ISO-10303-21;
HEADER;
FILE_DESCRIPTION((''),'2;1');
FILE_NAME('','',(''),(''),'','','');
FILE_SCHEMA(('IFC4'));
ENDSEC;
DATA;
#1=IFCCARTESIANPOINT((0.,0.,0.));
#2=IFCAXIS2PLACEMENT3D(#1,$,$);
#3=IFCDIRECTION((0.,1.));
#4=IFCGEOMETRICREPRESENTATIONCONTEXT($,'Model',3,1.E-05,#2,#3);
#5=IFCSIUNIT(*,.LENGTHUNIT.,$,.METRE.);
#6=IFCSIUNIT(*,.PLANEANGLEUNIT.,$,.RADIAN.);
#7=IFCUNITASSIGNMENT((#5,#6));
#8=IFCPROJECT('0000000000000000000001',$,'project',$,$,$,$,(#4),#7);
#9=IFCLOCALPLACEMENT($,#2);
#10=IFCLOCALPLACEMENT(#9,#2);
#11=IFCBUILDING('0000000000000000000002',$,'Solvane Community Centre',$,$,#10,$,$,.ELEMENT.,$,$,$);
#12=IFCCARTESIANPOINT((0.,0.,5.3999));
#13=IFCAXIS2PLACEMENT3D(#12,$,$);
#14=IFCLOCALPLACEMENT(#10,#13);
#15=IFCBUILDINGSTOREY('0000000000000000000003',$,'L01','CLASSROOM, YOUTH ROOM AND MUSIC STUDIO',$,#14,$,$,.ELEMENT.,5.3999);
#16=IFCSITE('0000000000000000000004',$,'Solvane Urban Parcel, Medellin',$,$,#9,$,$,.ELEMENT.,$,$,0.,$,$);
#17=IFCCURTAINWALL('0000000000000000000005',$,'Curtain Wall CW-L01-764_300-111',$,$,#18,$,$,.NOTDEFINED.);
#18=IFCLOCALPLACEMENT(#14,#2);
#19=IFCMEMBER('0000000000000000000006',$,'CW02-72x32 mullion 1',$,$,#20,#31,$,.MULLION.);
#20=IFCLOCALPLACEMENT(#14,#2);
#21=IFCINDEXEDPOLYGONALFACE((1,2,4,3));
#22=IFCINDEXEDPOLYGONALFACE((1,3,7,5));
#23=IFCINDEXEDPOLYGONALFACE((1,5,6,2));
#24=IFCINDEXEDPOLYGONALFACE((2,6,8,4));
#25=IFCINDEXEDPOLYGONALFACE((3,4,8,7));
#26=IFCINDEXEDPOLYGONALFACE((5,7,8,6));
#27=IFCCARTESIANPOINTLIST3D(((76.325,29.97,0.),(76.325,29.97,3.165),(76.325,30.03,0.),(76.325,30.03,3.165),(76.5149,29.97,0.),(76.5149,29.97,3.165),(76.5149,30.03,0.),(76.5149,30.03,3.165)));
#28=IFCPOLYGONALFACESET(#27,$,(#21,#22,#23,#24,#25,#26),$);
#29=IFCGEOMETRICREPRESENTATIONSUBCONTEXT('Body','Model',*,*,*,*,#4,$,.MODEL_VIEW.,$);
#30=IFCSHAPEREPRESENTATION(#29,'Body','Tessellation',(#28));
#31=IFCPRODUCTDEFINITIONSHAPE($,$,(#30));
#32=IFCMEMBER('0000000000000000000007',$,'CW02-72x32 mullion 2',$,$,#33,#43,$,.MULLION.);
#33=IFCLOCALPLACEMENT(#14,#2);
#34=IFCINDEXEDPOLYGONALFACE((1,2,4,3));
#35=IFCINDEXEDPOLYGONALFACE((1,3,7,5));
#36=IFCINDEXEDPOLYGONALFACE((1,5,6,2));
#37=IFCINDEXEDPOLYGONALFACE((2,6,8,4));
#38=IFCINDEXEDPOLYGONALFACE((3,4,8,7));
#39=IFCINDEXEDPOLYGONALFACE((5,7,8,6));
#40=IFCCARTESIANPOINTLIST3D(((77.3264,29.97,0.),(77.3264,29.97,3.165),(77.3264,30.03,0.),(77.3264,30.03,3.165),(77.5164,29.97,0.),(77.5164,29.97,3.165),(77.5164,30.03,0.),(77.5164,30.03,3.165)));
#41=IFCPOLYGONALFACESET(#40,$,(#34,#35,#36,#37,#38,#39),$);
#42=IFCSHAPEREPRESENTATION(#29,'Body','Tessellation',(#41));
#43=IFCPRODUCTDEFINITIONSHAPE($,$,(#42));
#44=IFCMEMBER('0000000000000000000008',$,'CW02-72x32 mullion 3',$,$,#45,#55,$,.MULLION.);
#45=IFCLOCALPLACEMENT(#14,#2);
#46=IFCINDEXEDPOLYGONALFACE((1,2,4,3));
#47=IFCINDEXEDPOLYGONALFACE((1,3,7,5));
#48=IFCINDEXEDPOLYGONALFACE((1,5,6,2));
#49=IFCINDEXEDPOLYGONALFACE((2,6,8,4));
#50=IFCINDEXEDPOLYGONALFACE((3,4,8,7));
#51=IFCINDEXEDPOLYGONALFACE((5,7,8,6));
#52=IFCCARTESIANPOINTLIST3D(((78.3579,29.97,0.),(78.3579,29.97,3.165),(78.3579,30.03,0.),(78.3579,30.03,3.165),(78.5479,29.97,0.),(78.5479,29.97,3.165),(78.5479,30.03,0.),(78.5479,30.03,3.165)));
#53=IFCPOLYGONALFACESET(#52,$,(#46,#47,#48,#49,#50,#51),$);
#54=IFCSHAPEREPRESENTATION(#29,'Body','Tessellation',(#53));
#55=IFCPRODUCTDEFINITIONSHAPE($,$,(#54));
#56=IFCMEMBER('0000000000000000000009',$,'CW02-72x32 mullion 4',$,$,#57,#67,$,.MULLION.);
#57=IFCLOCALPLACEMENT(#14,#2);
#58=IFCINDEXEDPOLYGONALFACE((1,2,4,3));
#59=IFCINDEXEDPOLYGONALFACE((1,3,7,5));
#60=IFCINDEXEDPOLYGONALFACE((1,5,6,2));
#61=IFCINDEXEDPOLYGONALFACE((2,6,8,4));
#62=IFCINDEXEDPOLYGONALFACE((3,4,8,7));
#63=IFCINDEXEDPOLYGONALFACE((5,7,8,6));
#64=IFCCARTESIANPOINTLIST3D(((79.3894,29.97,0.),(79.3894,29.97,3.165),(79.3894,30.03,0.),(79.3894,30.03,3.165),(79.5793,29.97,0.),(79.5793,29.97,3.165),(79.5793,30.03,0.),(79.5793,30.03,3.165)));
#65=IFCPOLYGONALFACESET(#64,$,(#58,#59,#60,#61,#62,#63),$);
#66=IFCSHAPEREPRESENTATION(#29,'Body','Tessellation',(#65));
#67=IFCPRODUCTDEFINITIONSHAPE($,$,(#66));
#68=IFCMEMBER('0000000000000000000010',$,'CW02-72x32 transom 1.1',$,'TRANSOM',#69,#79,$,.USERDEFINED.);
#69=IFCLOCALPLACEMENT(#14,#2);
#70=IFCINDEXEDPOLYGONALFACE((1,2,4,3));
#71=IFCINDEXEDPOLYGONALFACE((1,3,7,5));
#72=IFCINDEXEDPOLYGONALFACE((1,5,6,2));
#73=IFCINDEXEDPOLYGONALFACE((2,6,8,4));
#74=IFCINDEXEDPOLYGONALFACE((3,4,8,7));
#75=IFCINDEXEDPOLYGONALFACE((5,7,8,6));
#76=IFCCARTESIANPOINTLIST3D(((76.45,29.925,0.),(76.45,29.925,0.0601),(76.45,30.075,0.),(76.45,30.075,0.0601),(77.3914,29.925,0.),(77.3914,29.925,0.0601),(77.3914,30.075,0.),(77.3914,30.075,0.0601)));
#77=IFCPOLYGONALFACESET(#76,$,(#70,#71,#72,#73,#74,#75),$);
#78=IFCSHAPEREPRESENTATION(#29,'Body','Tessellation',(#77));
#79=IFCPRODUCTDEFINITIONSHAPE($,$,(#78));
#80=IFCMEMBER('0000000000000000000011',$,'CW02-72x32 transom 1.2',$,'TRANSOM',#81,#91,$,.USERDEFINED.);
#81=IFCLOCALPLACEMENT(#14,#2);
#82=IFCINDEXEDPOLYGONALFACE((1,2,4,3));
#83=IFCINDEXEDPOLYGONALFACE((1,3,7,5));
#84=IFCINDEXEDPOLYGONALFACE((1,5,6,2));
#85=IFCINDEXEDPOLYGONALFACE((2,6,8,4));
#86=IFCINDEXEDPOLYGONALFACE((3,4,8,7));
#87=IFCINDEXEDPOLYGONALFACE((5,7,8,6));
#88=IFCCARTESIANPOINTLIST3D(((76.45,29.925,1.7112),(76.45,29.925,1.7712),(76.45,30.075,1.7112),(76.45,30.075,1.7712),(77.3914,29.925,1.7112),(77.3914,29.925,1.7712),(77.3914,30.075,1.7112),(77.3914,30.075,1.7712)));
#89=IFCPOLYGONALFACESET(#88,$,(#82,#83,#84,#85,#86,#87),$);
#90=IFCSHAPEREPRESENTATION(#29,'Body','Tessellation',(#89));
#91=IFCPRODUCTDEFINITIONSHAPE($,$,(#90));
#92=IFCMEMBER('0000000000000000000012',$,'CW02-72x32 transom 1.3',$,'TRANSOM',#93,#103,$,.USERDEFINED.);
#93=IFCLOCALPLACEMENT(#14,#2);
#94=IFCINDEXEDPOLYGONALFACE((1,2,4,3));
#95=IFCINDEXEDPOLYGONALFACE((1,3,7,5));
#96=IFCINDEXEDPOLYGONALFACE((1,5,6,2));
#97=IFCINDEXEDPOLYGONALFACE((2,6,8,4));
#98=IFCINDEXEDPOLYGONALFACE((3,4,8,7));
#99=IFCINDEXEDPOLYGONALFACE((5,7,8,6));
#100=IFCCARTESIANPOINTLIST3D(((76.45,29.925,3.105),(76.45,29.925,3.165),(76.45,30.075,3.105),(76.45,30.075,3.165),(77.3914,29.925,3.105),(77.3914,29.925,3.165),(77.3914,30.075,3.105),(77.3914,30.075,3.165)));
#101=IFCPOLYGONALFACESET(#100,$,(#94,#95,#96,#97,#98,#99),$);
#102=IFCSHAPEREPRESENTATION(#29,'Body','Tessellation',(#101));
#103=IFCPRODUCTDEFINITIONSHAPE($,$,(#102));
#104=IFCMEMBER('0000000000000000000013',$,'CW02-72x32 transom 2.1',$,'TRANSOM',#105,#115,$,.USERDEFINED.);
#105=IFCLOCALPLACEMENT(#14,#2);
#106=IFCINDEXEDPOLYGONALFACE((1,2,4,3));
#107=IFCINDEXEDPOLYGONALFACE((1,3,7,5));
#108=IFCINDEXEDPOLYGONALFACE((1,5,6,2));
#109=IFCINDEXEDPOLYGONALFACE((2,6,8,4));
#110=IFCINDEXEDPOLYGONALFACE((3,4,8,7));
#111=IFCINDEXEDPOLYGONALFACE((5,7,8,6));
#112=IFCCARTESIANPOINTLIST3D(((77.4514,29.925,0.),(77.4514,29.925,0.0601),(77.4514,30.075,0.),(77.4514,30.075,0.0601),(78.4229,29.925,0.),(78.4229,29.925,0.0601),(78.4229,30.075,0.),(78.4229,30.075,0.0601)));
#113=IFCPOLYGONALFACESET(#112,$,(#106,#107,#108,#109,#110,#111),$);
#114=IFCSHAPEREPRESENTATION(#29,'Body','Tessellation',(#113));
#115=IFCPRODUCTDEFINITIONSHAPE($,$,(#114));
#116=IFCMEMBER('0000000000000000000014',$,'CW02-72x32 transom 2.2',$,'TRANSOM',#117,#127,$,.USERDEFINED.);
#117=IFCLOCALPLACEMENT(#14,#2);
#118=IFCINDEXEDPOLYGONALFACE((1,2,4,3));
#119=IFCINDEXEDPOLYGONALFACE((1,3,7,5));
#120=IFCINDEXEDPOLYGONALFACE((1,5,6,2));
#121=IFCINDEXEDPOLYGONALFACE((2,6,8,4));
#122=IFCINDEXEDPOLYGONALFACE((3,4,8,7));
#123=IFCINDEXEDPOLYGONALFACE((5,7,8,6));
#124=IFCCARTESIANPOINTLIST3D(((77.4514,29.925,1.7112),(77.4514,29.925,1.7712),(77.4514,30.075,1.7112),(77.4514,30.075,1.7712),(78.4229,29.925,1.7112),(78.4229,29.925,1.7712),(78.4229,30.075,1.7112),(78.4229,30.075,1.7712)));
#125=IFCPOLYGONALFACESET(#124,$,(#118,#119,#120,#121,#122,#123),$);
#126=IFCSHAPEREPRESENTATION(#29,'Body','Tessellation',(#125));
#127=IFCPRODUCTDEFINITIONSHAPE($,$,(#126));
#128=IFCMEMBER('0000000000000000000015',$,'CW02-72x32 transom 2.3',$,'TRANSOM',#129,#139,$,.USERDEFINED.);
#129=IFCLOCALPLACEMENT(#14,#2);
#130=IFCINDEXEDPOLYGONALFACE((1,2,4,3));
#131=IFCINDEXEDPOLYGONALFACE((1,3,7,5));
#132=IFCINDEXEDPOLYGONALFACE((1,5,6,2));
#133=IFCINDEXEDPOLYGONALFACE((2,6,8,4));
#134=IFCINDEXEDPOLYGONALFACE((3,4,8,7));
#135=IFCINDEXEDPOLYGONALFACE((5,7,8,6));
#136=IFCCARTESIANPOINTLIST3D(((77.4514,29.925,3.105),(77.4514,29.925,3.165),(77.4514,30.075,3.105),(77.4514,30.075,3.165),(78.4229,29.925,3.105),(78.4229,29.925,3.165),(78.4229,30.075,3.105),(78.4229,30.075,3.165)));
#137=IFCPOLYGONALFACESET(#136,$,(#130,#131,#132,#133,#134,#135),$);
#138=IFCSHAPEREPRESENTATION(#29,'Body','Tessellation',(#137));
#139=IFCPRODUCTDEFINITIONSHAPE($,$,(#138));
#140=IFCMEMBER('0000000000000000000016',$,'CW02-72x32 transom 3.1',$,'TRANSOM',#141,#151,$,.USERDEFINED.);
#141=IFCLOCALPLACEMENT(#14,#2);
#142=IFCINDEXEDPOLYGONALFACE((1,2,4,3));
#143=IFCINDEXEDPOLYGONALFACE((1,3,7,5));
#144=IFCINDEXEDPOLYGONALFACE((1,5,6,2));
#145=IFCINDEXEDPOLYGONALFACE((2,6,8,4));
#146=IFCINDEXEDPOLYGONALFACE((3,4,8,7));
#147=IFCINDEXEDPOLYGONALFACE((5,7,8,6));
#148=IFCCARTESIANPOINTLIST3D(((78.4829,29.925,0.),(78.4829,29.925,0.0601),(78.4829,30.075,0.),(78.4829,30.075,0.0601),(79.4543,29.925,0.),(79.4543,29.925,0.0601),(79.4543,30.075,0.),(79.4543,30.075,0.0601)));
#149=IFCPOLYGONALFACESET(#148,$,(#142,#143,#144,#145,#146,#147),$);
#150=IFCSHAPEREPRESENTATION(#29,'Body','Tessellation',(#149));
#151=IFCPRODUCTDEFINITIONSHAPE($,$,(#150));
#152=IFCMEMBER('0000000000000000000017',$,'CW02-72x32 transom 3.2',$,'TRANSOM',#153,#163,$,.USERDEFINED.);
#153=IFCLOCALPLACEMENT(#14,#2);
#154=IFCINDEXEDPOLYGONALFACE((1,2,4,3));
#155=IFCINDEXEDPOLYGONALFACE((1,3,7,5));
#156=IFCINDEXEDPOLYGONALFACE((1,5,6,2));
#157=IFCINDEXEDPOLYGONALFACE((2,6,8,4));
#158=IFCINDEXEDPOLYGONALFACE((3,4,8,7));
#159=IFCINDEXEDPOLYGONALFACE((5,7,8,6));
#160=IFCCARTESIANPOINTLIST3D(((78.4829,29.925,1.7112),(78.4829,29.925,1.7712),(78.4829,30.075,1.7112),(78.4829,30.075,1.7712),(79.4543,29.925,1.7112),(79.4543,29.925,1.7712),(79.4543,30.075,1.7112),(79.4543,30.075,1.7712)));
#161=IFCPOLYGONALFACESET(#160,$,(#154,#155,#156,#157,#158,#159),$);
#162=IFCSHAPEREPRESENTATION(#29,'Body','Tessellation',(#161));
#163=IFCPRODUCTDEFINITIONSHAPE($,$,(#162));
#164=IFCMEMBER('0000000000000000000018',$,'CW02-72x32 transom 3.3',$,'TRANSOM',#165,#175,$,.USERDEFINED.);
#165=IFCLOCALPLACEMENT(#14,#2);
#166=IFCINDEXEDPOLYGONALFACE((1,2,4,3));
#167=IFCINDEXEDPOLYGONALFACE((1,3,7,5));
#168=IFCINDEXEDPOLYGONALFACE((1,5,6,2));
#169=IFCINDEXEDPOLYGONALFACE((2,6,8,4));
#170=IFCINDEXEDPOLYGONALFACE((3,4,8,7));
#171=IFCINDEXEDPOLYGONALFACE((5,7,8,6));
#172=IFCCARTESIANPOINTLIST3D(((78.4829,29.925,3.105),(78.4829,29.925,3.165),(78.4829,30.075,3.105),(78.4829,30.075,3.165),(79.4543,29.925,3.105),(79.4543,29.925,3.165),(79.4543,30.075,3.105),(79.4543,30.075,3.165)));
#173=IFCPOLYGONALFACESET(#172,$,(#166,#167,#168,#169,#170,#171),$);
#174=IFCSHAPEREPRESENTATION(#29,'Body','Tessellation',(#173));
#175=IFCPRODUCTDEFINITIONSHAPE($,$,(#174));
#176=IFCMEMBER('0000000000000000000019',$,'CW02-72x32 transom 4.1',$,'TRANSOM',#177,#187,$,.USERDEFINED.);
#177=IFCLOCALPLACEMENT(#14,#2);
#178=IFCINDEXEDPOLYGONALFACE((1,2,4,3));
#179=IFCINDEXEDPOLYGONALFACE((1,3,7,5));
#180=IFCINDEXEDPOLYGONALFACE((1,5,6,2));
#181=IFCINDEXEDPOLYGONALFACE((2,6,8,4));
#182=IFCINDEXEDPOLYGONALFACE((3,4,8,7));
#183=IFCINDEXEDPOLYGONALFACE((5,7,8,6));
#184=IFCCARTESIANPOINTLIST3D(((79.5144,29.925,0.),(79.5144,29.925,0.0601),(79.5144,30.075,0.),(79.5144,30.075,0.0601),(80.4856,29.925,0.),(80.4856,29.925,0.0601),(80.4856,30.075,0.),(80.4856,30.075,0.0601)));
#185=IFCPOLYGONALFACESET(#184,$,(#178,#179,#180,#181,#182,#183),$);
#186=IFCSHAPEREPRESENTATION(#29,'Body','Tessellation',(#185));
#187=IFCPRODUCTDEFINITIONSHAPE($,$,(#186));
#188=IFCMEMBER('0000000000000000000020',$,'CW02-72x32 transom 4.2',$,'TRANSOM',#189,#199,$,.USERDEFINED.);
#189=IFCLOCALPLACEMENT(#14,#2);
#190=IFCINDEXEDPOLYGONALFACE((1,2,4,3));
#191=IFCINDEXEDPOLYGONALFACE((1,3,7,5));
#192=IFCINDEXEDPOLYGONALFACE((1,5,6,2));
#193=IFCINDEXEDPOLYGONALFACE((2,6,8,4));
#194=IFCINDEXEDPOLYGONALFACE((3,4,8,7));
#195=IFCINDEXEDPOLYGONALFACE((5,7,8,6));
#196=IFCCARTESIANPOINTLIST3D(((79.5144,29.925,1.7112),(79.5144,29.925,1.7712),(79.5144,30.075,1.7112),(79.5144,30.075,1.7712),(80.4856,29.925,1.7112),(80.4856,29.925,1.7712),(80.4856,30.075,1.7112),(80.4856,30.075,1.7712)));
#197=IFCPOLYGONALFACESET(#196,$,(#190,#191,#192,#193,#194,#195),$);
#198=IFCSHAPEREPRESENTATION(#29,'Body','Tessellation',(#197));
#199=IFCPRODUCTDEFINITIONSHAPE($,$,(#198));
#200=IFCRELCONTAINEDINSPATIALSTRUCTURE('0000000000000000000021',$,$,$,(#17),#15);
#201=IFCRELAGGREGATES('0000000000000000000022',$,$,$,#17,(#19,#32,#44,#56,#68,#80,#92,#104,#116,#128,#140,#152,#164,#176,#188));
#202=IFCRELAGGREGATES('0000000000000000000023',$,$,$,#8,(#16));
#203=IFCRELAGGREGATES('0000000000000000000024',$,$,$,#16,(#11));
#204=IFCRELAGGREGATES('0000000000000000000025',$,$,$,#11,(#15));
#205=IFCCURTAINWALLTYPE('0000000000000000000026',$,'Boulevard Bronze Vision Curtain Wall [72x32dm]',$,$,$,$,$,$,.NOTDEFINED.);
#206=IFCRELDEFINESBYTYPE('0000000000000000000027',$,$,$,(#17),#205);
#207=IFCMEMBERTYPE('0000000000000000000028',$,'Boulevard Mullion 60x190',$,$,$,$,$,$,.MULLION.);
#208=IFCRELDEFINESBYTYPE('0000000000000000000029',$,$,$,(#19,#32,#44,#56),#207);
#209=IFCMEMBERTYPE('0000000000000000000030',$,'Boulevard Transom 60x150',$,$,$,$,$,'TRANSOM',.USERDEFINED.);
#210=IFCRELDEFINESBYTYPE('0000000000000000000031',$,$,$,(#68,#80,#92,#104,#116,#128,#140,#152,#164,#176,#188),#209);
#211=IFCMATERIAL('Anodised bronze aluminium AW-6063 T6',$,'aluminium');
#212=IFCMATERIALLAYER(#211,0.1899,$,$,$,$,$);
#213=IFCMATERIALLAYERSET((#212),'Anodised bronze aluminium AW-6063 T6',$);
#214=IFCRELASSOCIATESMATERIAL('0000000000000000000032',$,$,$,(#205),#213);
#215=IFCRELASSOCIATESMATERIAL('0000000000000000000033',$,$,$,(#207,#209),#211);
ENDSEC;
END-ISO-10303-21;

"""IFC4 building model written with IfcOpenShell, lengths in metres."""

from ifc_helpers import new_model, si_unit, direction, frame, origin, origin_2d, place, context, subcontext, project, spatial, rectangle, extrude, material, layer, layer_set, material_profile, profile_set, type_object, element, aggregate, save


model = new_model("IFC4")

# Units and contexts
model_context = context("Model", 3, precision=1e-05, world=origin(), true_north=direction((0.0, 1.0)))
body_context = subcontext(model_context, "Body", "Model", "MODEL_VIEW")
ifc_project = project(units=[si_unit("LENGTHUNIT", "METRE"), si_unit("PLANEANGLEUNIT", "RADIAN")], contexts=[model_context])

# Site, building, storey
site_placement = place(None, origin())
site = spatial("IfcSite", under=ifc_project, at=site_placement, Name="Solvane Urban Parcel, Medellin", CompositionType="ELEMENT", RefElevation=0.0)
building_placement = place(site_placement, origin())
building = spatial("IfcBuilding", under=site, at=building_placement, Name="Solvane Community Centre", CompositionType="ELEMENT")
storey_placement = place(building_placement, frame((0.0, 0.0, 5.3999)))
storey = spatial("IfcBuildingStorey", under=building, at=storey_placement, Name="L01", Description="CLASSROOM, YOUTH ROOM AND MUSIC STUDIO", CompositionType="ELEMENT", Elevation=5.3999)

# Curtain wall, members
ifc_material_1 = material(Name="Anodised bronze aluminium AW-6063 T6", Category="aluminium")
ifc_layer_1 = layer(ifc_material_1, 0.1899)
ifc_layer_set_1 = layer_set([ifc_layer_1], Name="Anodised bronze aluminium AW-6063 T6")
curtain_wall_type = type_object("IfcCurtainWallType", Name="Boulevard Bronze Vision Curtain Wall [72x32dm]", PredefinedType="NOTDEFINED", material=ifc_layer_set_1)
curtain_wall_placement = place(storey_placement, origin())
curtain_wall = element("IfcCurtainWall", 1, at=curtain_wall_placement, inside=storey, type_object=curtain_wall_type, Name="Curtain Wall CW-L01-764_300-111", PredefinedType="NOTDEFINED")
ifc_material_profile_1 = material_profile(ifc_material_1, rectangle(XDim=0.0601, YDim=0.1899, at=origin_2d()), Name="CW-M 60x190")
ifc_profile_set_1 = profile_set([ifc_material_profile_1], Name="Anodised bronze aluminium AW-6063 T6")
member_type_1 = type_object("IfcMemberType", Name="Boulevard Mullion 60x190", PredefinedType="MULLION", material=ifc_profile_set_1)
member_1_placement = place(storey_placement, frame((76.4199, 30.0, 0.0), z_axis=(0.0, 0.0, 1.0), x_axis=(0.0, 1.0, 0.0)))
member_1 = element("IfcMember", 2, at=member_1_placement, type_object=member_type_1, Name="CW02-72x32 mullion 1", PredefinedType="MULLION", context=body_context, shape_type="SweptSolid", body=[
    extrude(rectangle(XDim=0.0601, YDim=0.1899, at=origin_2d()), origin(), (0.0, 0.0, 1.0), 3.165),
])
member_2_placement = place(storey_placement, frame((77.4214, 30.0, 0.0), z_axis=(0.0, 0.0, 1.0), x_axis=(0.0, 1.0, 0.0)))
member_2 = element("IfcMember", 3, at=member_2_placement, type_object=member_type_1, Name="CW02-72x32 mullion 2", PredefinedType="MULLION", context=body_context, shape_type="SweptSolid", body=[
    extrude(rectangle(XDim=0.0601, YDim=0.1899, at=origin_2d()), origin(), (0.0, 0.0, 1.0), 3.165),
])
member_3_placement = place(storey_placement, frame((78.4529, 30.0, 0.0), z_axis=(0.0, 0.0, 1.0), x_axis=(0.0, 1.0, 0.0)))
member_3 = element("IfcMember", 4, at=member_3_placement, type_object=member_type_1, Name="CW02-72x32 mullion 3", PredefinedType="MULLION", context=body_context, shape_type="SweptSolid", body=[
    extrude(rectangle(XDim=0.0601, YDim=0.1899, at=origin_2d()), origin(), (0.0, 0.0, 1.0), 3.165),
])
member_4_placement = place(storey_placement, frame((79.4844, 30.0, 0.0), z_axis=(0.0, 0.0, 1.0), x_axis=(0.0, 1.0, 0.0)))
member_4 = element("IfcMember", 5, at=member_4_placement, type_object=member_type_1, Name="CW02-72x32 mullion 4", PredefinedType="MULLION", context=body_context, shape_type="SweptSolid", body=[
    extrude(rectangle(XDim=0.0601, YDim=0.1899, at=origin_2d()), origin(), (0.0, 0.0, 1.0), 3.165),
])
ifc_material_profile_2 = material_profile(ifc_material_1, rectangle(XDim=0.1499, YDim=0.0601, at=origin_2d()), Name="CW-T 60x150")
ifc_profile_set_2 = profile_set([ifc_material_profile_2], Name="Anodised bronze aluminium AW-6063 T6")
member_type_2 = type_object("IfcMemberType", Name="Boulevard Transom 60x150", ElementType="TRANSOM", PredefinedType="USERDEFINED", material=ifc_profile_set_2)
member_5_placement = place(storey_placement, frame((76.45, 30.0, 0.03), z_axis=(1.0, 0.0, 0.0), x_axis=(0.0, 1.0, 0.0)))
member_5 = element("IfcMember", 6, at=member_5_placement, type_object=member_type_2, Name="CW02-72x32 transom 1.1", ObjectType="TRANSOM", PredefinedType="USERDEFINED", context=body_context, shape_type="SweptSolid", body=[
    extrude(rectangle(XDim=0.1499, YDim=0.0601, at=origin_2d()), origin(), (0.0, 0.0, 1.0), 0.9414),
])
member_6_placement = place(storey_placement, frame((76.45, 30.0, 1.7412), z_axis=(1.0, 0.0, 0.0), x_axis=(0.0, 1.0, 0.0)))
member_6 = element("IfcMember", 7, at=member_6_placement, type_object=member_type_2, Name="CW02-72x32 transom 1.2", ObjectType="TRANSOM", PredefinedType="USERDEFINED", context=body_context, shape_type="SweptSolid", body=[
    extrude(rectangle(XDim=0.1499, YDim=0.0601, at=origin_2d()), origin(), (0.0, 0.0, 1.0), 0.9414),
])
member_7_placement = place(storey_placement, frame((76.45, 30.0, 3.135), z_axis=(1.0, 0.0, 0.0), x_axis=(0.0, 1.0, 0.0)))
member_7 = element("IfcMember", 8, at=member_7_placement, type_object=member_type_2, Name="CW02-72x32 transom 1.3", ObjectType="TRANSOM", PredefinedType="USERDEFINED", context=body_context, shape_type="SweptSolid", body=[
    extrude(rectangle(XDim=0.1499, YDim=0.0601, at=origin_2d()), origin(), (0.0, 0.0, 1.0), 0.9414),
])
member_8_placement = place(storey_placement, frame((77.4514, 30.0, 0.03), z_axis=(1.0, 0.0, 0.0), x_axis=(0.0, 1.0, 0.0)))
member_8 = element("IfcMember", 9, at=member_8_placement, type_object=member_type_2, Name="CW02-72x32 transom 2.1", ObjectType="TRANSOM", PredefinedType="USERDEFINED", context=body_context, shape_type="SweptSolid", body=[
    extrude(rectangle(XDim=0.1499, YDim=0.0601, at=origin_2d()), origin(), (0.0, 0.0, 1.0), 0.9714),
])
member_9_placement = place(storey_placement, frame((77.4514, 30.0, 1.7412), z_axis=(1.0, 0.0, 0.0), x_axis=(0.0, 1.0, 0.0)))
member_9 = element("IfcMember", 10, at=member_9_placement, type_object=member_type_2, Name="CW02-72x32 transom 2.2", ObjectType="TRANSOM", PredefinedType="USERDEFINED", context=body_context, shape_type="SweptSolid", body=[
    extrude(rectangle(XDim=0.1499, YDim=0.0601, at=origin_2d()), origin(), (0.0, 0.0, 1.0), 0.9714),
])
member_10_placement = place(storey_placement, frame((77.4514, 30.0, 3.135), z_axis=(1.0, 0.0, 0.0), x_axis=(0.0, 1.0, 0.0)))
member_10 = element("IfcMember", 11, at=member_10_placement, type_object=member_type_2, Name="CW02-72x32 transom 2.3", ObjectType="TRANSOM", PredefinedType="USERDEFINED", context=body_context, shape_type="SweptSolid", body=[
    extrude(rectangle(XDim=0.1499, YDim=0.0601, at=origin_2d()), origin(), (0.0, 0.0, 1.0), 0.9714),
])
member_11_placement = place(storey_placement, frame((78.4829, 30.0, 0.03), z_axis=(1.0, 0.0, 0.0), x_axis=(0.0, 1.0, 0.0)))
member_11 = element("IfcMember", 12, at=member_11_placement, type_object=member_type_2, Name="CW02-72x32 transom 3.1", ObjectType="TRANSOM", PredefinedType="USERDEFINED", context=body_context, shape_type="SweptSolid", body=[
    extrude(rectangle(XDim=0.1499, YDim=0.0601, at=origin_2d()), origin(), (0.0, 0.0, 1.0), 0.9714),
])
member_12_placement = place(storey_placement, frame((78.4829, 30.0, 1.7412), z_axis=(1.0, 0.0, 0.0), x_axis=(0.0, 1.0, 0.0)))
member_12 = element("IfcMember", 13, at=member_12_placement, type_object=member_type_2, Name="CW02-72x32 transom 3.2", ObjectType="TRANSOM", PredefinedType="USERDEFINED", context=body_context, shape_type="SweptSolid", body=[
    extrude(rectangle(XDim=0.1499, YDim=0.0601, at=origin_2d()), origin(), (0.0, 0.0, 1.0), 0.9714),
])
member_13_placement = place(storey_placement, frame((78.4829, 30.0, 3.135), z_axis=(1.0, 0.0, 0.0), x_axis=(0.0, 1.0, 0.0)))
member_13 = element("IfcMember", 14, at=member_13_placement, type_object=member_type_2, Name="CW02-72x32 transom 3.3", ObjectType="TRANSOM", PredefinedType="USERDEFINED", context=body_context, shape_type="SweptSolid", body=[
    extrude(rectangle(XDim=0.1499, YDim=0.0601, at=origin_2d()), origin(), (0.0, 0.0, 1.0), 0.9714),
])
member_14_placement = place(storey_placement, frame((79.5144, 30.0, 0.03), z_axis=(1.0, 0.0, 0.0), x_axis=(0.0, 1.0, 0.0)))
member_14 = element("IfcMember", 15, at=member_14_placement, type_object=member_type_2, Name="CW02-72x32 transom 4.1", ObjectType="TRANSOM", PredefinedType="USERDEFINED", context=body_context, shape_type="SweptSolid", body=[
    extrude(rectangle(XDim=0.1499, YDim=0.0601, at=origin_2d()), origin(), (0.0, 0.0, 1.0), 0.9712),
])
member_15_placement = place(storey_placement, frame((79.5144, 30.0, 1.7412), z_axis=(1.0, 0.0, 0.0), x_axis=(0.0, 1.0, 0.0)))
member_15 = element("IfcMember", 16, at=member_15_placement, type_object=member_type_2, Name="CW02-72x32 transom 4.2", ObjectType="TRANSOM", PredefinedType="USERDEFINED", context=body_context, shape_type="SweptSolid", body=[
    extrude(rectangle(XDim=0.1499, YDim=0.0601, at=origin_2d()), origin(), (0.0, 0.0, 1.0), 0.9712),
])

aggregate(curtain_wall, [member_1, member_2, member_3, member_4, member_5, member_6, member_7, member_8, member_9, member_10, member_11, member_12, member_13, member_14, member_15])

save(model, "model.ifc")
